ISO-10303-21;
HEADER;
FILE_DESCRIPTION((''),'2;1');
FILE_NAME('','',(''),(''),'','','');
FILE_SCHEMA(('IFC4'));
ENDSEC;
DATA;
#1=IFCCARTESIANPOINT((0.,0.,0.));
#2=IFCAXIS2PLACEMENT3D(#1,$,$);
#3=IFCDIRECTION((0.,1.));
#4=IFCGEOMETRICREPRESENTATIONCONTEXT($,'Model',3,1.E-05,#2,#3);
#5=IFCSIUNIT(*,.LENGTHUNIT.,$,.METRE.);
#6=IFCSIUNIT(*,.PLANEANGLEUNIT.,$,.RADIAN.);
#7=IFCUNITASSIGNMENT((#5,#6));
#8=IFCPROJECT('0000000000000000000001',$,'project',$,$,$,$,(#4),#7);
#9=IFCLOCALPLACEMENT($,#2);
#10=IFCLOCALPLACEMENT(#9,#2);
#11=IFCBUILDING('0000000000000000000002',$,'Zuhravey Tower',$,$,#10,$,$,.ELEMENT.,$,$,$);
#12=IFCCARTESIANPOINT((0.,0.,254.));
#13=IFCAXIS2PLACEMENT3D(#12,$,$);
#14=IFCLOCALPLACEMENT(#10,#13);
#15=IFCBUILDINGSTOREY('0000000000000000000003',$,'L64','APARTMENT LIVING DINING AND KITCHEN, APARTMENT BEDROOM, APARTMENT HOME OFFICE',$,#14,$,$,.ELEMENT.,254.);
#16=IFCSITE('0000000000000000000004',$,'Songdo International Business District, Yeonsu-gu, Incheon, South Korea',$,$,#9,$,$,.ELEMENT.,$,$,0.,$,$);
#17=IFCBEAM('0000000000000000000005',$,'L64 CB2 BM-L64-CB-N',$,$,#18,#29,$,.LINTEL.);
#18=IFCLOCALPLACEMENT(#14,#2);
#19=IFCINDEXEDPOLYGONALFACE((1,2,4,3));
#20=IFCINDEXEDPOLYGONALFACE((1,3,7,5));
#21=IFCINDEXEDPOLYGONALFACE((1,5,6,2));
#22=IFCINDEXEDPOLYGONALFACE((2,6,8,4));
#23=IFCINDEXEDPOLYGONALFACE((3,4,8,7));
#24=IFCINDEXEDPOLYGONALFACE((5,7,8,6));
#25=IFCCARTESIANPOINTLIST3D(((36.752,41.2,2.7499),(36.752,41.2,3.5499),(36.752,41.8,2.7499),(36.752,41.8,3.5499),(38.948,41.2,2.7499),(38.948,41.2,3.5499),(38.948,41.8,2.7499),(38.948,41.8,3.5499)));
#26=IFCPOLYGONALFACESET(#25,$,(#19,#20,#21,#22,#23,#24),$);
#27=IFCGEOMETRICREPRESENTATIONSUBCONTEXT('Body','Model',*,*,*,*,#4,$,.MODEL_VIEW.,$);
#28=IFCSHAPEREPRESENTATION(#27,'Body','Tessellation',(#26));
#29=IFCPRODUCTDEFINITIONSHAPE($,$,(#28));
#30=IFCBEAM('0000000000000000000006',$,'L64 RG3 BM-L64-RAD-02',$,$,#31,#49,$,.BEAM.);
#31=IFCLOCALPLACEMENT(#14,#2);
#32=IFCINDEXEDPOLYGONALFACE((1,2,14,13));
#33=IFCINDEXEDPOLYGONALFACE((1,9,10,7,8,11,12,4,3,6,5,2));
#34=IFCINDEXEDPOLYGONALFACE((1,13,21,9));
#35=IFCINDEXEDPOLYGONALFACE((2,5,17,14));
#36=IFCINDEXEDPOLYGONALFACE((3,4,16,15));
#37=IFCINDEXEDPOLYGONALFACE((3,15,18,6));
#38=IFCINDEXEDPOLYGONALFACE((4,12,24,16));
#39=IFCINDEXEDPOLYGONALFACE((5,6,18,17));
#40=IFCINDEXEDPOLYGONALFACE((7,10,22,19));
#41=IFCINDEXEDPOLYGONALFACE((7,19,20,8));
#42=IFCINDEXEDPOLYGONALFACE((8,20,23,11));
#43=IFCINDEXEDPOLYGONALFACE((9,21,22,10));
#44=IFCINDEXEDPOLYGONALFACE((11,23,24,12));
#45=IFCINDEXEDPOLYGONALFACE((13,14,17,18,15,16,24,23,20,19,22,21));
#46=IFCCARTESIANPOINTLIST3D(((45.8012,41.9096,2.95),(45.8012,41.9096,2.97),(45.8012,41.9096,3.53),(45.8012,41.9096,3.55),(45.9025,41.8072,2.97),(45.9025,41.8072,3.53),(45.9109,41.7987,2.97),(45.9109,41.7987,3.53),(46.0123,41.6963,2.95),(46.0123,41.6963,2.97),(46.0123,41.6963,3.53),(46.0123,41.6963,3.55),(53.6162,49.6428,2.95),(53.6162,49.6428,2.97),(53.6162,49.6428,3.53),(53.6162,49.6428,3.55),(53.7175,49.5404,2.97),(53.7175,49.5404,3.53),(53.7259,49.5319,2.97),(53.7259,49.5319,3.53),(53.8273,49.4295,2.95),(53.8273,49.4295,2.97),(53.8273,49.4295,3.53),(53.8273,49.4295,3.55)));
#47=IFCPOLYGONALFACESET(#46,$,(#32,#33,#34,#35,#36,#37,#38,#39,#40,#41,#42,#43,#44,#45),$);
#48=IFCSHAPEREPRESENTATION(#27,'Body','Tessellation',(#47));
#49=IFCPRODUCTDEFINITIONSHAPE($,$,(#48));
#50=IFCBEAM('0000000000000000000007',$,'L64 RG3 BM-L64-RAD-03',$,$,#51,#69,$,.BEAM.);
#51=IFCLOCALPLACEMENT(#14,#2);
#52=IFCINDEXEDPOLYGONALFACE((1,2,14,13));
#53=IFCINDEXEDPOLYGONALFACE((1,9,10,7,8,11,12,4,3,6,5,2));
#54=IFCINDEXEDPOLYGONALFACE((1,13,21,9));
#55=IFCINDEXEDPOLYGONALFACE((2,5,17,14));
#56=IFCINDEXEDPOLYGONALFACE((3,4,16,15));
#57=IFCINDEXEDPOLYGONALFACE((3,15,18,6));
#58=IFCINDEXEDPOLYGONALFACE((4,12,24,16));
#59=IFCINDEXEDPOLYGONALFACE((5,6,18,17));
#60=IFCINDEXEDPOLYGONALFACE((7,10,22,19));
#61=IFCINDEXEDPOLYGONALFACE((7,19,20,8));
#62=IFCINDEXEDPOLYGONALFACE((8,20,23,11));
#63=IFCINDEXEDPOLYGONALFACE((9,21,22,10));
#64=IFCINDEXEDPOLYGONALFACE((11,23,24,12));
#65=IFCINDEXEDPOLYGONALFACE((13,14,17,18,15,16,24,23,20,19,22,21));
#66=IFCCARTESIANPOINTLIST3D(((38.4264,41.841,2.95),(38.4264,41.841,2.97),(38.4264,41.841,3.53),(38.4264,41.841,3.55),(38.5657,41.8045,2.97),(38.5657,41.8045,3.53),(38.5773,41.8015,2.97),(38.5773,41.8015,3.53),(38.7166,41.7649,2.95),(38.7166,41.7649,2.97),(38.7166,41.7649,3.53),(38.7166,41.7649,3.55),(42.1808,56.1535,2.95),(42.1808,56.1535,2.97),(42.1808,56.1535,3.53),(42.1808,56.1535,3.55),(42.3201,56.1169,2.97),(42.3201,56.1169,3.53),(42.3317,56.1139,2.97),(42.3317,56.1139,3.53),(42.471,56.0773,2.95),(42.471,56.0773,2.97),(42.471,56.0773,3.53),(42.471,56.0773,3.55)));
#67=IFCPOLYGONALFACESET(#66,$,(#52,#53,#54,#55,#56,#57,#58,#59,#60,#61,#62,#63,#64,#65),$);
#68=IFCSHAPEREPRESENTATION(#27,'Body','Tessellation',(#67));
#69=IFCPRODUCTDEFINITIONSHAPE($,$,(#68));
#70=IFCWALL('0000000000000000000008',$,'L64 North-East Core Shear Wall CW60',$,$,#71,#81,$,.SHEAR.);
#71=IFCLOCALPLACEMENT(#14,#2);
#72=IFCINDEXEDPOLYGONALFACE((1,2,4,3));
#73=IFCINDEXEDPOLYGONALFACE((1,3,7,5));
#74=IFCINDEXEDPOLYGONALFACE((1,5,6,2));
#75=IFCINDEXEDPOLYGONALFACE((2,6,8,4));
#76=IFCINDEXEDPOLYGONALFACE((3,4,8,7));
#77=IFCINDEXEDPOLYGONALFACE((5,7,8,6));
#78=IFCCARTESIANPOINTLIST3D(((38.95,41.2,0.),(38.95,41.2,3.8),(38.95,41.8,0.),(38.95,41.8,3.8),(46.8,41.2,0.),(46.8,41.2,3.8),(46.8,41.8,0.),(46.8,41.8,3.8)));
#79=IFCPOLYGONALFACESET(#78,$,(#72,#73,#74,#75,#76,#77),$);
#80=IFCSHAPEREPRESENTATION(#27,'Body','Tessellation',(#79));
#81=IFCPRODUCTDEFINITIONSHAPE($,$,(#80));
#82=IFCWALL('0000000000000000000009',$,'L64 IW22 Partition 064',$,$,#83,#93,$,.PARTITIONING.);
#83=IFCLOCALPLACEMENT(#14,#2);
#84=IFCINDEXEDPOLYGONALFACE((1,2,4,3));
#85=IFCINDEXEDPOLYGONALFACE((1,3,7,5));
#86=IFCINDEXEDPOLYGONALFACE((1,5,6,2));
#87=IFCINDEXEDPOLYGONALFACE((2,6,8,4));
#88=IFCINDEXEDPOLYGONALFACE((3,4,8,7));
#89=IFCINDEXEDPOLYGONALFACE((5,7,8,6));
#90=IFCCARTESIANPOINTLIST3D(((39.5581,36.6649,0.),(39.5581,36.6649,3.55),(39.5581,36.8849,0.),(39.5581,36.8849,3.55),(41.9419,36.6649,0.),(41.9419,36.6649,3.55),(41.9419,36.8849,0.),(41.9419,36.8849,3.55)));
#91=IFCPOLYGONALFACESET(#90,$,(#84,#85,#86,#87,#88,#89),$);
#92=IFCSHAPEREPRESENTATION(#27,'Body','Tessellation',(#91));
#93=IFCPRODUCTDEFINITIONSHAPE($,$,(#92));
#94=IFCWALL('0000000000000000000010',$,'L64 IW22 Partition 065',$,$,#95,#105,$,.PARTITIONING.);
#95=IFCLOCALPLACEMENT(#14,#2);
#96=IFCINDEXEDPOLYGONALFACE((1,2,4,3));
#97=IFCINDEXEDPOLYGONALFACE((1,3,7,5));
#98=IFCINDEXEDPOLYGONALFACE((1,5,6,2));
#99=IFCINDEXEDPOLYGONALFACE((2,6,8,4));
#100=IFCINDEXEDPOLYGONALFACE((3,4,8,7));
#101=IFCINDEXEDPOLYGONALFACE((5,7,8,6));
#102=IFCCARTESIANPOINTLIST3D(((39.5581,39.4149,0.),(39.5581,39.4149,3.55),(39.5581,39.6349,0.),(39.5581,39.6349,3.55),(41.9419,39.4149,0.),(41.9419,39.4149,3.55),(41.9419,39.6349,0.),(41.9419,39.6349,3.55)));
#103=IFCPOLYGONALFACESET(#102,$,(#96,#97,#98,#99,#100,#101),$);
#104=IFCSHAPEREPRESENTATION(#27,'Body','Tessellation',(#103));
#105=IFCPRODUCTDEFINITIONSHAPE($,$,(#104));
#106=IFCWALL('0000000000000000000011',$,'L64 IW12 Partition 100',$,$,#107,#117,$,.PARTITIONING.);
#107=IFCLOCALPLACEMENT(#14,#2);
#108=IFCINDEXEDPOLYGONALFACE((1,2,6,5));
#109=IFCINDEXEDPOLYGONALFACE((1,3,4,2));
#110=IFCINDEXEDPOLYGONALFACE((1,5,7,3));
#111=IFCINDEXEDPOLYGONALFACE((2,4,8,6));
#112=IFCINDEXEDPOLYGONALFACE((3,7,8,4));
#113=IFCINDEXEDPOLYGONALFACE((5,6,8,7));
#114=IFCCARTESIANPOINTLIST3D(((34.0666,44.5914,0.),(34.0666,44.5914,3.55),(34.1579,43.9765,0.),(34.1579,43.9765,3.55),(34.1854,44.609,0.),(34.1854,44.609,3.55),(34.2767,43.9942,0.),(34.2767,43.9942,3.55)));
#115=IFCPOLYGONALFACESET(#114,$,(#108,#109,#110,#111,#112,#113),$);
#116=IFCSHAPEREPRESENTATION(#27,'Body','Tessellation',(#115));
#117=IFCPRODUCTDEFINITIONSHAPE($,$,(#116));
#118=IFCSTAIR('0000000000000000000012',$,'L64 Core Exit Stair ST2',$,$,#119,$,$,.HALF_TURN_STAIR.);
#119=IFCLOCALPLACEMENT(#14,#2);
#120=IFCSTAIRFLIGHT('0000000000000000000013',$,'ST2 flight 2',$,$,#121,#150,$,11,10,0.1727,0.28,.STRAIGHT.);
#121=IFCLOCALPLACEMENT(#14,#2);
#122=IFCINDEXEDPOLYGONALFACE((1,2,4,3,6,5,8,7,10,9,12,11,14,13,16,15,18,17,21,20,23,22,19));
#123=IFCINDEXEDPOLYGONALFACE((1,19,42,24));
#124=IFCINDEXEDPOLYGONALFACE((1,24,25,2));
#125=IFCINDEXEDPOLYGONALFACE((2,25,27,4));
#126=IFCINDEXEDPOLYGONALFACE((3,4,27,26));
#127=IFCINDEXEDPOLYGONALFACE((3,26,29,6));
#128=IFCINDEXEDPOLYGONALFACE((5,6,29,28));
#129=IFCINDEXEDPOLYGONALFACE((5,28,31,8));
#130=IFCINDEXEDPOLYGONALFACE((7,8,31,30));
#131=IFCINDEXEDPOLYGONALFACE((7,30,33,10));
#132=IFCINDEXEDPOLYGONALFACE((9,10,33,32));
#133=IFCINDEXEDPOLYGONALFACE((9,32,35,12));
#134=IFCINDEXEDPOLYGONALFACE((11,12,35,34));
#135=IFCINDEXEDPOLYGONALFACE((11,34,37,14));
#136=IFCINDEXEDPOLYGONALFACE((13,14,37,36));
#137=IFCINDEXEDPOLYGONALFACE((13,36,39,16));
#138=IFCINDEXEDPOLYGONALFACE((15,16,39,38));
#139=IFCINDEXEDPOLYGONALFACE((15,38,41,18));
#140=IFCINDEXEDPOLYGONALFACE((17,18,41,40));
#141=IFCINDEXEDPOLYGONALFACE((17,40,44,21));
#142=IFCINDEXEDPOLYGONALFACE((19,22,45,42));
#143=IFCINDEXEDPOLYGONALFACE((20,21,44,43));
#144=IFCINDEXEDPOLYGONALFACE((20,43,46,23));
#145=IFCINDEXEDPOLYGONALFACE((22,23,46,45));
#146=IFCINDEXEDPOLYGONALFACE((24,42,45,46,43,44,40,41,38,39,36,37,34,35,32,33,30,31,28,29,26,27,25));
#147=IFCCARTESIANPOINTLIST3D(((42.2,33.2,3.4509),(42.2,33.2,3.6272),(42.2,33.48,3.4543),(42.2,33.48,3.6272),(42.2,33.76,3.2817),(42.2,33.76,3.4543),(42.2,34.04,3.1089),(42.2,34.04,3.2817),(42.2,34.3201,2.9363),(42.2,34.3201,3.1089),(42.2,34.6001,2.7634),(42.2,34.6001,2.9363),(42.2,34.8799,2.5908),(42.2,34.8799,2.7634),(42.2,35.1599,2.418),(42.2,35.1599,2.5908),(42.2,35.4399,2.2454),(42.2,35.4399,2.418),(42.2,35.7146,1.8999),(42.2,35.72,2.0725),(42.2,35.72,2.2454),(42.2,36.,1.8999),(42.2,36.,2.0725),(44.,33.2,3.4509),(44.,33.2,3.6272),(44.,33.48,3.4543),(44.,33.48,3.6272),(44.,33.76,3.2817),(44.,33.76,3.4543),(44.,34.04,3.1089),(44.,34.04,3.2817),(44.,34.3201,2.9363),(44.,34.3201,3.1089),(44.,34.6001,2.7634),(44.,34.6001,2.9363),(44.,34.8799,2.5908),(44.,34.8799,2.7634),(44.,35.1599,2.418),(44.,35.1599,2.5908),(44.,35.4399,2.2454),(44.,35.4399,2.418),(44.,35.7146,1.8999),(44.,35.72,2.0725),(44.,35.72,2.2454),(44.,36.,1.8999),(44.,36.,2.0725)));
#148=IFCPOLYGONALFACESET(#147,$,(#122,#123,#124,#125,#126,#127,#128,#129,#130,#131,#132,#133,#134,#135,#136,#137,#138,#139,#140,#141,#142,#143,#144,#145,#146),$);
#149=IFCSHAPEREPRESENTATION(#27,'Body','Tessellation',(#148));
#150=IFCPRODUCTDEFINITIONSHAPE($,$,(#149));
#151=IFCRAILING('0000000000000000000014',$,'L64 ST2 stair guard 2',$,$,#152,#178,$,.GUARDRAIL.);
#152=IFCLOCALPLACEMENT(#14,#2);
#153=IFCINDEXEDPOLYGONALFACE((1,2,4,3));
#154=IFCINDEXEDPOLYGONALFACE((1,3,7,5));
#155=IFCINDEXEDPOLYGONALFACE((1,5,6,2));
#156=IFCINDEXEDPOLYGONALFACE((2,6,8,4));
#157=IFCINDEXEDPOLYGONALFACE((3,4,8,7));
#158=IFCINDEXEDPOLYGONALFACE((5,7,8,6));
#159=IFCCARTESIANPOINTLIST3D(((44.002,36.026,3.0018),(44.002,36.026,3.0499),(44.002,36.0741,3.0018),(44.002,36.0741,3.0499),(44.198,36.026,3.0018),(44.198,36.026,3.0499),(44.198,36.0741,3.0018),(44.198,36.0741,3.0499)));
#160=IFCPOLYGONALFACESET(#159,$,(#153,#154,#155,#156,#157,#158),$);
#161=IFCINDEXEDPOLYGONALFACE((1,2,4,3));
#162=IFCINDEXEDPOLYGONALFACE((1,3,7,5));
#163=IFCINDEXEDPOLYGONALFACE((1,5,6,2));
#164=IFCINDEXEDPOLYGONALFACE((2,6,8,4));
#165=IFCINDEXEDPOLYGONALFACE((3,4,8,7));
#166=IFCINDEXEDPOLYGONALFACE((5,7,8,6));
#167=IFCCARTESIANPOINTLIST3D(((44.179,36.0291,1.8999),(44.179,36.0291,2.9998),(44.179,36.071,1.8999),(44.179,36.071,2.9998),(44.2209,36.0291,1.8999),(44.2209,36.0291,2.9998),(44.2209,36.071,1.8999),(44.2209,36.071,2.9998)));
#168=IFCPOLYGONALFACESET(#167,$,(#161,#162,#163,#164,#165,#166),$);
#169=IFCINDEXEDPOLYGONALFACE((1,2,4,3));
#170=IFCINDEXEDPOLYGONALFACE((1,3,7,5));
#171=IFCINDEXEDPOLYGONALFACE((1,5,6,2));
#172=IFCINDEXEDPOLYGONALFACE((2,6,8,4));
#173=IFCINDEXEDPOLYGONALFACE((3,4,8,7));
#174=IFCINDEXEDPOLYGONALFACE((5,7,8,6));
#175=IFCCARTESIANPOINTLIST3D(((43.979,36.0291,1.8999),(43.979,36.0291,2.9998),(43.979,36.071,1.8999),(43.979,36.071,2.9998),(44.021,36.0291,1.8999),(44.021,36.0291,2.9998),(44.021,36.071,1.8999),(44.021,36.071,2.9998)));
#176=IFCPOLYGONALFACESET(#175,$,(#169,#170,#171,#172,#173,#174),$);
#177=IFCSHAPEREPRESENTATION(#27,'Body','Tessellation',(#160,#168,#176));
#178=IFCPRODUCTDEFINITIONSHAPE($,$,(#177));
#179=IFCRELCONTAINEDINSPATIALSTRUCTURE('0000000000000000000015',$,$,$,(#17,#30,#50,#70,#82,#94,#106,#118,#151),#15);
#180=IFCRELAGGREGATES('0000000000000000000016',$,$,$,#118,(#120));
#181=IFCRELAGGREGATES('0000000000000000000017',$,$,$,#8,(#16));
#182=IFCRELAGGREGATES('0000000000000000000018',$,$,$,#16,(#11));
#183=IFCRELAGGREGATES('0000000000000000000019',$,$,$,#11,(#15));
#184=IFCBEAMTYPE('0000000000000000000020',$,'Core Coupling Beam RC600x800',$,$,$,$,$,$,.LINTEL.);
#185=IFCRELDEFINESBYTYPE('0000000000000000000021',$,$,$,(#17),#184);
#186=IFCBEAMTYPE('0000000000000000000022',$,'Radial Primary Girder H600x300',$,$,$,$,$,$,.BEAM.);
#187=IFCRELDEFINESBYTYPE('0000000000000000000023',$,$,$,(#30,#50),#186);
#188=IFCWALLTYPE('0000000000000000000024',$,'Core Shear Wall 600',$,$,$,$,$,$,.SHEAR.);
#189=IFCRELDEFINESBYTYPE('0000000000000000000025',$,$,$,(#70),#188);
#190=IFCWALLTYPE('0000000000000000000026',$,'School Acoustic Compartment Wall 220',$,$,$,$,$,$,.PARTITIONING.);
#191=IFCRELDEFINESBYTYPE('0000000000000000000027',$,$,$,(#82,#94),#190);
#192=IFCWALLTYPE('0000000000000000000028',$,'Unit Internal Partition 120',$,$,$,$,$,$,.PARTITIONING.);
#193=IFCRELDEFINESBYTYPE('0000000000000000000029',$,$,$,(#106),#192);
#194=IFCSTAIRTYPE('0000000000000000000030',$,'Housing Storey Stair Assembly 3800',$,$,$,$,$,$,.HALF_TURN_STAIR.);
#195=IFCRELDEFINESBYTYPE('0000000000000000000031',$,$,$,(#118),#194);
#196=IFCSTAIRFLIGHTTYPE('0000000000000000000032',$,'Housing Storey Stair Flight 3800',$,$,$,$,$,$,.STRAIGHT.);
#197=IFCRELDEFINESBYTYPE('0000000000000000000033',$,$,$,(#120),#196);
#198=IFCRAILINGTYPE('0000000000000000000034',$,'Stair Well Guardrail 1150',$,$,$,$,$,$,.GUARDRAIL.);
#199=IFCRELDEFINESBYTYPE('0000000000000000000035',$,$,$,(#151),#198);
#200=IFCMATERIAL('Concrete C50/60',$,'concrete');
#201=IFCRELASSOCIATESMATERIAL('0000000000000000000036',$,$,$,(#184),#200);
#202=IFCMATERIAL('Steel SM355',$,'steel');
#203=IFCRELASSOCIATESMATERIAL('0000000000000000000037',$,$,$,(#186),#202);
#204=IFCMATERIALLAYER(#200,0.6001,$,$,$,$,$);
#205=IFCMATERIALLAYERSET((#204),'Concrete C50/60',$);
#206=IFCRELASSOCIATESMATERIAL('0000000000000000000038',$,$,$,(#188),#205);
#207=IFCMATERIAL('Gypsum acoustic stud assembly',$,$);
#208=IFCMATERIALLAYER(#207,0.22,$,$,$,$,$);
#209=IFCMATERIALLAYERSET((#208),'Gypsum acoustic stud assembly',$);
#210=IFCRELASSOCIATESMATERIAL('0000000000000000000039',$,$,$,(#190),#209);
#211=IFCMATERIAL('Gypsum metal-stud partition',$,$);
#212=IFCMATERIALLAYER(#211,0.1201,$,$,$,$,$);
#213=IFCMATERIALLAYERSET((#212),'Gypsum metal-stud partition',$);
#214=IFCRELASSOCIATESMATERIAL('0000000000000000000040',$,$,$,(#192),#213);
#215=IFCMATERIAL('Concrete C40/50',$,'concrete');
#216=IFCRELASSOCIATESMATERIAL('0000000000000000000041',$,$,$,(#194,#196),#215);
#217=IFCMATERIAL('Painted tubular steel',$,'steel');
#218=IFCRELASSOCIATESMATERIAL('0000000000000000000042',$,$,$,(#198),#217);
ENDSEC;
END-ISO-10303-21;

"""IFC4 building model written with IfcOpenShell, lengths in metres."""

from ifc_helpers import new_model, si_unit, direction, frame, frame_2d, origin, origin_2d, place, context, subcontext, project, spatial, polyline, rectangle, i_section, outline, extrude, material, layer, layer_set, material_profile, profile_set, type_object, element, aggregate, save


model = new_model("IFC4")

# Units and contexts
model_context = context("Model", 3, precision=1e-05, world=origin(), true_north=direction((0.0, 1.0)))
body_context = subcontext(model_context, "Body", "Model", "MODEL_VIEW")
ifc_project = project(units=[si_unit("LENGTHUNIT", "METRE"), si_unit("PLANEANGLEUNIT", "RADIAN")], contexts=[model_context])

# Site, building, storey
site_placement = place(None, origin())
site = spatial("IfcSite", under=ifc_project, at=site_placement, Name="Songdo International Business District, Yeonsu-gu, Incheon, South Korea", CompositionType="ELEMENT", RefElevation=0.0)
building_placement = place(site_placement, origin())
building = spatial("IfcBuilding", under=site, at=building_placement, Name="Zuhravey Tower", CompositionType="ELEMENT")
storey_placement = place(building_placement, frame((0.0, 0.0, 254.0)))
storey = spatial("IfcBuildingStorey", under=building, at=storey_placement, Name="L64", Description="APARTMENT LIVING DINING AND KITCHEN, APARTMENT BEDROOM, APARTMENT HOME OFFICE", CompositionType="ELEMENT", Elevation=254.0)

# Beams
ifc_material_1 = material(Name="Concrete C50/60", Category="concrete")
ifc_material_profile_1 = material_profile(ifc_material_1, rectangle(XDim=0.6001, YDim=0.8, at=origin_2d()), Name="RC-600x800")
ifc_profile_set_1 = profile_set([ifc_material_profile_1], Name="Concrete C50/60")
beam_type_1 = type_object("IfcBeamType", Name="Core Coupling Beam RC600x800", PredefinedType="LINTEL", material=ifc_profile_set_1)
beam_1_placement = place(storey_placement, frame((36.752, 41.5, 3.1499), z_axis=(1.0, 0.0, 0.0), x_axis=(0.0, 1.0, 0.0)))
element("IfcBeam", 1, at=beam_1_placement, inside=storey, type_object=beam_type_1, Name="L64 CB2 BM-L64-CB-N", PredefinedType="LINTEL", context=body_context, shape_type="SweptSolid", body=[
    extrude(rectangle(XDim=0.6001, YDim=0.8, at=origin_2d()), origin(), (0.0, 0.0, 1.0), 2.196),
])
ifc_material_2 = material(Name="Steel SM355", Category="steel")
ifc_material_profile_2 = material_profile(ifc_material_2, i_section(OverallWidth=0.3, OverallDepth=0.6001, WebThickness=0.012, FlangeThickness=0.02, at=origin_2d()), Name="H-600x300x12x20")
ifc_profile_set_2 = profile_set([ifc_material_profile_2], Name="Steel SM355")
beam_type_2 = type_object("IfcBeamType", Name="Radial Primary Girder H600x300", PredefinedType="BEAM", material=ifc_profile_set_2)
beam_2_placement = place(storey_placement, frame((45.9067, 41.803, 3.25), z_axis=(0.710817, 0.703377, 0.0), x_axis=(-0.703377, 0.710817, 0.0)))
element("IfcBeam", 2, at=beam_2_placement, inside=storey, type_object=beam_type_2, Name="L64 RG3 BM-L64-RAD-02", PredefinedType="BEAM", context=body_context, shape_type="SweptSolid", body=[
    extrude(i_section(OverallWidth=0.3, OverallDepth=0.6001, WebThickness=0.012, FlangeThickness=0.02, at=origin_2d()), origin(), (0.0, 0.0, 1.0), 10.9944),
])
beam_3_placement = place(storey_placement, frame((38.5715, 41.803, 3.25), z_axis=(0.253731, 0.967275, 0.0), x_axis=(-0.967275, 0.253731, 0.0)))
element("IfcBeam", 3, at=beam_3_placement, inside=storey, type_object=beam_type_2, Name="L64 RG3 BM-L64-RAD-03", PredefinedType="BEAM", context=body_context, shape_type="SweptSolid", body=[
    extrude(i_section(OverallWidth=0.3, OverallDepth=0.6001, WebThickness=0.012, FlangeThickness=0.02, at=origin_2d()), origin(), (0.0, 0.0, 1.0), 14.7966),
])

# Wall
ifc_layer_1 = layer(ifc_material_1, 0.6001)
ifc_layer_set_1 = layer_set([ifc_layer_1], Name="Concrete C50/60")
wall_type_1 = type_object("IfcWallType", Name="Core Shear Wall 600", PredefinedType="SHEAR", material=ifc_layer_set_1)
wall_1_placement = place(storey_placement, frame((46.8, 41.5, 0.0), z_axis=(0.0, 0.0, 1.0), x_axis=(-1.0, 0.0, 0.0)))
element("IfcWall", 4, at=wall_1_placement, inside=storey, type_object=wall_type_1, Name="L64 North-East Core Shear Wall CW60", PredefinedType="SHEAR", context=body_context, shape_type="SweptSolid", body=[
    extrude(rectangle(XDim=7.8501, YDim=0.6001, at=frame_2d((3.925, 0.0))), origin(), (0.0, 0.0, 1.0), 3.8),
])

# Walls
ifc_material_3 = material(Name="Gypsum acoustic stud assembly")
ifc_layer_2 = layer(ifc_material_3, 0.22)
ifc_layer_set_2 = layer_set([ifc_layer_2], Name="Gypsum acoustic stud assembly")
wall_type_2 = type_object("IfcWallType", Name="School Acoustic Compartment Wall 220", PredefinedType="PARTITIONING", material=ifc_layer_set_2)
for number, where, z_axis, x_axis, name in (
    (5, (39.5581, 36.7749, 0.0), (0.0, 0.0, 1.0), (1.0, 0.0, 0.0), "L64 IW22 Partition 064"),
    (6, (39.5581, 39.5249, 0.0), (0.0, 0.0, 1.0), (1.0, 0.0, 0.0), "L64 IW22 Partition 065"),
):
    element("IfcWall", number, at=place(storey_placement, frame(where, z_axis=z_axis, x_axis=x_axis)), inside=storey, type_object=wall_type_2, Name=name, PredefinedType="PARTITIONING", context=body_context, shape_type="SweptSolid", body=[
        extrude(rectangle(XDim=2.3838, YDim=0.22, at=frame_2d((1.1919, 0.0))), origin(), (0.0, 0.0, 1.0), 3.55),
    ])
ifc_material_4 = material(Name="Gypsum metal-stud partition")
ifc_layer_3 = layer(ifc_material_4, 0.1201)
ifc_layer_set_3 = layer_set([ifc_layer_3], Name="Gypsum metal-stud partition")
wall_type_3 = type_object("IfcWallType", Name="Unit Internal Partition 120", PredefinedType="PARTITIONING", material=ifc_layer_set_3)
wall_2_placement = place(storey_placement, frame((34.2173, 43.9854, 0.0), z_axis=(0.0, 0.0, 1.0), x_axis=(-0.146919, 0.989149, 0.0)))
element("IfcWall", 7, at=wall_2_placement, inside=storey, type_object=wall_type_3, Name="L64 IW12 Partition 100", PredefinedType="PARTITIONING", context=body_context, shape_type="SweptSolid", body=[
    extrude(rectangle(XDim=0.6216, YDim=0.1201, at=frame_2d((0.3108, 0.0))), origin(), (0.0, 0.0, 1.0), 3.55),
])

# Stair, stair flight
ifc_material_5 = material(Name="Concrete C40/50", Category="concrete")
stair_type = type_object("IfcStairType", Name="Housing Storey Stair Assembly 3800", PredefinedType="HALF_TURN_STAIR", material=ifc_material_5)
stair_placement = place(storey_placement, origin())
stair = element("IfcStair", 8, at=stair_placement, inside=storey, type_object=stair_type, Name="L64 Core Exit Stair ST2", PredefinedType="HALF_TURN_STAIR")
stair_flight_type = type_object("IfcStairFlightType", Name="Housing Storey Stair Flight 3800", PredefinedType="STRAIGHT", material=ifc_material_5)
stair_flight_placement = place(storey_placement, frame((43.1001, 36.0, 1.8999), z_axis=(0.0, 0.0, 1.0), x_axis=(0.0, -1.0, 0.0)))
stair_flight = element("IfcStairFlight", 9, at=stair_flight_placement, type_object=stair_flight_type, Name="ST2 flight 2", NumberOfRisers=11, NumberOfTreads=10, PredefinedType="STRAIGHT", RiserHeight=0.1727, TreadLength=0.28, context=body_context, shape_type="SweptSolid", body=[
    extrude(outline(polyline([(0.0, 0.0), (0.0, 0.1726), (0.28, 0.1726), (0.28, 0.3455), (0.5601, 0.3455), (0.5601, 0.5181), (0.8401, 0.5181), (0.8401, 0.6909), (1.1201, 0.6909), (1.1201, 0.8635), (1.3999, 0.8635), (1.3999, 1.0364), (1.6799, 1.0364), (1.6799, 1.209), (1.96, 1.209), (1.96, 1.3818), (2.24, 1.3818), (2.24, 1.5544), (2.52, 1.5544), (2.52, 1.7273), (2.8, 1.7273), (2.8, 1.8999), (2.8, 1.551), (0.2854, 0.0), (0.0, 0.0)])), frame((0.0, 0.8999, 0.0), z_axis=(0.0, -1.0, 0.0), x_axis=(1.0, 0.0, 0.0)), (0.0, 0.0, 1.0), 1.8),
])
aggregate(stair, [stair_flight])

# Railing
ifc_material_6 = material(Name="Painted tubular steel", Category="steel")
railing_type = type_object("IfcRailingType", Name="Stair Well Guardrail 1150", PredefinedType="GUARDRAIL", material=ifc_material_6)
railing_1_placement = place(storey_placement, frame((44.2, 36.05, 1.8999)))
element("IfcRailing", 10, at=railing_1_placement, inside=storey, type_object=railing_type, Name="L64 ST2 stair guard 2", PredefinedType="GUARDRAIL", context=body_context, shape_type="SweptSolid", body=[
    extrude(rectangle(XDim=0.0481, YDim=0.0481, at=origin_2d()), frame((-0.002, 0.0, 1.126), z_axis=(-1.0, 0.0, 0.0), x_axis=(0.0, -1.0, 0.0)), (0.0, 0.0, 1.0), 0.196),
    extrude(rectangle(XDim=0.042, YDim=0.042, at=origin_2d()), origin(), (0.0, 0.0, 1.0), 1.0999),
    extrude(rectangle(XDim=0.042, YDim=0.042, at=origin_2d()), frame((-0.2, 0.0, 0.0)), (0.0, 0.0, 1.0), 1.0999),
])

save(model, "model.ifc")
